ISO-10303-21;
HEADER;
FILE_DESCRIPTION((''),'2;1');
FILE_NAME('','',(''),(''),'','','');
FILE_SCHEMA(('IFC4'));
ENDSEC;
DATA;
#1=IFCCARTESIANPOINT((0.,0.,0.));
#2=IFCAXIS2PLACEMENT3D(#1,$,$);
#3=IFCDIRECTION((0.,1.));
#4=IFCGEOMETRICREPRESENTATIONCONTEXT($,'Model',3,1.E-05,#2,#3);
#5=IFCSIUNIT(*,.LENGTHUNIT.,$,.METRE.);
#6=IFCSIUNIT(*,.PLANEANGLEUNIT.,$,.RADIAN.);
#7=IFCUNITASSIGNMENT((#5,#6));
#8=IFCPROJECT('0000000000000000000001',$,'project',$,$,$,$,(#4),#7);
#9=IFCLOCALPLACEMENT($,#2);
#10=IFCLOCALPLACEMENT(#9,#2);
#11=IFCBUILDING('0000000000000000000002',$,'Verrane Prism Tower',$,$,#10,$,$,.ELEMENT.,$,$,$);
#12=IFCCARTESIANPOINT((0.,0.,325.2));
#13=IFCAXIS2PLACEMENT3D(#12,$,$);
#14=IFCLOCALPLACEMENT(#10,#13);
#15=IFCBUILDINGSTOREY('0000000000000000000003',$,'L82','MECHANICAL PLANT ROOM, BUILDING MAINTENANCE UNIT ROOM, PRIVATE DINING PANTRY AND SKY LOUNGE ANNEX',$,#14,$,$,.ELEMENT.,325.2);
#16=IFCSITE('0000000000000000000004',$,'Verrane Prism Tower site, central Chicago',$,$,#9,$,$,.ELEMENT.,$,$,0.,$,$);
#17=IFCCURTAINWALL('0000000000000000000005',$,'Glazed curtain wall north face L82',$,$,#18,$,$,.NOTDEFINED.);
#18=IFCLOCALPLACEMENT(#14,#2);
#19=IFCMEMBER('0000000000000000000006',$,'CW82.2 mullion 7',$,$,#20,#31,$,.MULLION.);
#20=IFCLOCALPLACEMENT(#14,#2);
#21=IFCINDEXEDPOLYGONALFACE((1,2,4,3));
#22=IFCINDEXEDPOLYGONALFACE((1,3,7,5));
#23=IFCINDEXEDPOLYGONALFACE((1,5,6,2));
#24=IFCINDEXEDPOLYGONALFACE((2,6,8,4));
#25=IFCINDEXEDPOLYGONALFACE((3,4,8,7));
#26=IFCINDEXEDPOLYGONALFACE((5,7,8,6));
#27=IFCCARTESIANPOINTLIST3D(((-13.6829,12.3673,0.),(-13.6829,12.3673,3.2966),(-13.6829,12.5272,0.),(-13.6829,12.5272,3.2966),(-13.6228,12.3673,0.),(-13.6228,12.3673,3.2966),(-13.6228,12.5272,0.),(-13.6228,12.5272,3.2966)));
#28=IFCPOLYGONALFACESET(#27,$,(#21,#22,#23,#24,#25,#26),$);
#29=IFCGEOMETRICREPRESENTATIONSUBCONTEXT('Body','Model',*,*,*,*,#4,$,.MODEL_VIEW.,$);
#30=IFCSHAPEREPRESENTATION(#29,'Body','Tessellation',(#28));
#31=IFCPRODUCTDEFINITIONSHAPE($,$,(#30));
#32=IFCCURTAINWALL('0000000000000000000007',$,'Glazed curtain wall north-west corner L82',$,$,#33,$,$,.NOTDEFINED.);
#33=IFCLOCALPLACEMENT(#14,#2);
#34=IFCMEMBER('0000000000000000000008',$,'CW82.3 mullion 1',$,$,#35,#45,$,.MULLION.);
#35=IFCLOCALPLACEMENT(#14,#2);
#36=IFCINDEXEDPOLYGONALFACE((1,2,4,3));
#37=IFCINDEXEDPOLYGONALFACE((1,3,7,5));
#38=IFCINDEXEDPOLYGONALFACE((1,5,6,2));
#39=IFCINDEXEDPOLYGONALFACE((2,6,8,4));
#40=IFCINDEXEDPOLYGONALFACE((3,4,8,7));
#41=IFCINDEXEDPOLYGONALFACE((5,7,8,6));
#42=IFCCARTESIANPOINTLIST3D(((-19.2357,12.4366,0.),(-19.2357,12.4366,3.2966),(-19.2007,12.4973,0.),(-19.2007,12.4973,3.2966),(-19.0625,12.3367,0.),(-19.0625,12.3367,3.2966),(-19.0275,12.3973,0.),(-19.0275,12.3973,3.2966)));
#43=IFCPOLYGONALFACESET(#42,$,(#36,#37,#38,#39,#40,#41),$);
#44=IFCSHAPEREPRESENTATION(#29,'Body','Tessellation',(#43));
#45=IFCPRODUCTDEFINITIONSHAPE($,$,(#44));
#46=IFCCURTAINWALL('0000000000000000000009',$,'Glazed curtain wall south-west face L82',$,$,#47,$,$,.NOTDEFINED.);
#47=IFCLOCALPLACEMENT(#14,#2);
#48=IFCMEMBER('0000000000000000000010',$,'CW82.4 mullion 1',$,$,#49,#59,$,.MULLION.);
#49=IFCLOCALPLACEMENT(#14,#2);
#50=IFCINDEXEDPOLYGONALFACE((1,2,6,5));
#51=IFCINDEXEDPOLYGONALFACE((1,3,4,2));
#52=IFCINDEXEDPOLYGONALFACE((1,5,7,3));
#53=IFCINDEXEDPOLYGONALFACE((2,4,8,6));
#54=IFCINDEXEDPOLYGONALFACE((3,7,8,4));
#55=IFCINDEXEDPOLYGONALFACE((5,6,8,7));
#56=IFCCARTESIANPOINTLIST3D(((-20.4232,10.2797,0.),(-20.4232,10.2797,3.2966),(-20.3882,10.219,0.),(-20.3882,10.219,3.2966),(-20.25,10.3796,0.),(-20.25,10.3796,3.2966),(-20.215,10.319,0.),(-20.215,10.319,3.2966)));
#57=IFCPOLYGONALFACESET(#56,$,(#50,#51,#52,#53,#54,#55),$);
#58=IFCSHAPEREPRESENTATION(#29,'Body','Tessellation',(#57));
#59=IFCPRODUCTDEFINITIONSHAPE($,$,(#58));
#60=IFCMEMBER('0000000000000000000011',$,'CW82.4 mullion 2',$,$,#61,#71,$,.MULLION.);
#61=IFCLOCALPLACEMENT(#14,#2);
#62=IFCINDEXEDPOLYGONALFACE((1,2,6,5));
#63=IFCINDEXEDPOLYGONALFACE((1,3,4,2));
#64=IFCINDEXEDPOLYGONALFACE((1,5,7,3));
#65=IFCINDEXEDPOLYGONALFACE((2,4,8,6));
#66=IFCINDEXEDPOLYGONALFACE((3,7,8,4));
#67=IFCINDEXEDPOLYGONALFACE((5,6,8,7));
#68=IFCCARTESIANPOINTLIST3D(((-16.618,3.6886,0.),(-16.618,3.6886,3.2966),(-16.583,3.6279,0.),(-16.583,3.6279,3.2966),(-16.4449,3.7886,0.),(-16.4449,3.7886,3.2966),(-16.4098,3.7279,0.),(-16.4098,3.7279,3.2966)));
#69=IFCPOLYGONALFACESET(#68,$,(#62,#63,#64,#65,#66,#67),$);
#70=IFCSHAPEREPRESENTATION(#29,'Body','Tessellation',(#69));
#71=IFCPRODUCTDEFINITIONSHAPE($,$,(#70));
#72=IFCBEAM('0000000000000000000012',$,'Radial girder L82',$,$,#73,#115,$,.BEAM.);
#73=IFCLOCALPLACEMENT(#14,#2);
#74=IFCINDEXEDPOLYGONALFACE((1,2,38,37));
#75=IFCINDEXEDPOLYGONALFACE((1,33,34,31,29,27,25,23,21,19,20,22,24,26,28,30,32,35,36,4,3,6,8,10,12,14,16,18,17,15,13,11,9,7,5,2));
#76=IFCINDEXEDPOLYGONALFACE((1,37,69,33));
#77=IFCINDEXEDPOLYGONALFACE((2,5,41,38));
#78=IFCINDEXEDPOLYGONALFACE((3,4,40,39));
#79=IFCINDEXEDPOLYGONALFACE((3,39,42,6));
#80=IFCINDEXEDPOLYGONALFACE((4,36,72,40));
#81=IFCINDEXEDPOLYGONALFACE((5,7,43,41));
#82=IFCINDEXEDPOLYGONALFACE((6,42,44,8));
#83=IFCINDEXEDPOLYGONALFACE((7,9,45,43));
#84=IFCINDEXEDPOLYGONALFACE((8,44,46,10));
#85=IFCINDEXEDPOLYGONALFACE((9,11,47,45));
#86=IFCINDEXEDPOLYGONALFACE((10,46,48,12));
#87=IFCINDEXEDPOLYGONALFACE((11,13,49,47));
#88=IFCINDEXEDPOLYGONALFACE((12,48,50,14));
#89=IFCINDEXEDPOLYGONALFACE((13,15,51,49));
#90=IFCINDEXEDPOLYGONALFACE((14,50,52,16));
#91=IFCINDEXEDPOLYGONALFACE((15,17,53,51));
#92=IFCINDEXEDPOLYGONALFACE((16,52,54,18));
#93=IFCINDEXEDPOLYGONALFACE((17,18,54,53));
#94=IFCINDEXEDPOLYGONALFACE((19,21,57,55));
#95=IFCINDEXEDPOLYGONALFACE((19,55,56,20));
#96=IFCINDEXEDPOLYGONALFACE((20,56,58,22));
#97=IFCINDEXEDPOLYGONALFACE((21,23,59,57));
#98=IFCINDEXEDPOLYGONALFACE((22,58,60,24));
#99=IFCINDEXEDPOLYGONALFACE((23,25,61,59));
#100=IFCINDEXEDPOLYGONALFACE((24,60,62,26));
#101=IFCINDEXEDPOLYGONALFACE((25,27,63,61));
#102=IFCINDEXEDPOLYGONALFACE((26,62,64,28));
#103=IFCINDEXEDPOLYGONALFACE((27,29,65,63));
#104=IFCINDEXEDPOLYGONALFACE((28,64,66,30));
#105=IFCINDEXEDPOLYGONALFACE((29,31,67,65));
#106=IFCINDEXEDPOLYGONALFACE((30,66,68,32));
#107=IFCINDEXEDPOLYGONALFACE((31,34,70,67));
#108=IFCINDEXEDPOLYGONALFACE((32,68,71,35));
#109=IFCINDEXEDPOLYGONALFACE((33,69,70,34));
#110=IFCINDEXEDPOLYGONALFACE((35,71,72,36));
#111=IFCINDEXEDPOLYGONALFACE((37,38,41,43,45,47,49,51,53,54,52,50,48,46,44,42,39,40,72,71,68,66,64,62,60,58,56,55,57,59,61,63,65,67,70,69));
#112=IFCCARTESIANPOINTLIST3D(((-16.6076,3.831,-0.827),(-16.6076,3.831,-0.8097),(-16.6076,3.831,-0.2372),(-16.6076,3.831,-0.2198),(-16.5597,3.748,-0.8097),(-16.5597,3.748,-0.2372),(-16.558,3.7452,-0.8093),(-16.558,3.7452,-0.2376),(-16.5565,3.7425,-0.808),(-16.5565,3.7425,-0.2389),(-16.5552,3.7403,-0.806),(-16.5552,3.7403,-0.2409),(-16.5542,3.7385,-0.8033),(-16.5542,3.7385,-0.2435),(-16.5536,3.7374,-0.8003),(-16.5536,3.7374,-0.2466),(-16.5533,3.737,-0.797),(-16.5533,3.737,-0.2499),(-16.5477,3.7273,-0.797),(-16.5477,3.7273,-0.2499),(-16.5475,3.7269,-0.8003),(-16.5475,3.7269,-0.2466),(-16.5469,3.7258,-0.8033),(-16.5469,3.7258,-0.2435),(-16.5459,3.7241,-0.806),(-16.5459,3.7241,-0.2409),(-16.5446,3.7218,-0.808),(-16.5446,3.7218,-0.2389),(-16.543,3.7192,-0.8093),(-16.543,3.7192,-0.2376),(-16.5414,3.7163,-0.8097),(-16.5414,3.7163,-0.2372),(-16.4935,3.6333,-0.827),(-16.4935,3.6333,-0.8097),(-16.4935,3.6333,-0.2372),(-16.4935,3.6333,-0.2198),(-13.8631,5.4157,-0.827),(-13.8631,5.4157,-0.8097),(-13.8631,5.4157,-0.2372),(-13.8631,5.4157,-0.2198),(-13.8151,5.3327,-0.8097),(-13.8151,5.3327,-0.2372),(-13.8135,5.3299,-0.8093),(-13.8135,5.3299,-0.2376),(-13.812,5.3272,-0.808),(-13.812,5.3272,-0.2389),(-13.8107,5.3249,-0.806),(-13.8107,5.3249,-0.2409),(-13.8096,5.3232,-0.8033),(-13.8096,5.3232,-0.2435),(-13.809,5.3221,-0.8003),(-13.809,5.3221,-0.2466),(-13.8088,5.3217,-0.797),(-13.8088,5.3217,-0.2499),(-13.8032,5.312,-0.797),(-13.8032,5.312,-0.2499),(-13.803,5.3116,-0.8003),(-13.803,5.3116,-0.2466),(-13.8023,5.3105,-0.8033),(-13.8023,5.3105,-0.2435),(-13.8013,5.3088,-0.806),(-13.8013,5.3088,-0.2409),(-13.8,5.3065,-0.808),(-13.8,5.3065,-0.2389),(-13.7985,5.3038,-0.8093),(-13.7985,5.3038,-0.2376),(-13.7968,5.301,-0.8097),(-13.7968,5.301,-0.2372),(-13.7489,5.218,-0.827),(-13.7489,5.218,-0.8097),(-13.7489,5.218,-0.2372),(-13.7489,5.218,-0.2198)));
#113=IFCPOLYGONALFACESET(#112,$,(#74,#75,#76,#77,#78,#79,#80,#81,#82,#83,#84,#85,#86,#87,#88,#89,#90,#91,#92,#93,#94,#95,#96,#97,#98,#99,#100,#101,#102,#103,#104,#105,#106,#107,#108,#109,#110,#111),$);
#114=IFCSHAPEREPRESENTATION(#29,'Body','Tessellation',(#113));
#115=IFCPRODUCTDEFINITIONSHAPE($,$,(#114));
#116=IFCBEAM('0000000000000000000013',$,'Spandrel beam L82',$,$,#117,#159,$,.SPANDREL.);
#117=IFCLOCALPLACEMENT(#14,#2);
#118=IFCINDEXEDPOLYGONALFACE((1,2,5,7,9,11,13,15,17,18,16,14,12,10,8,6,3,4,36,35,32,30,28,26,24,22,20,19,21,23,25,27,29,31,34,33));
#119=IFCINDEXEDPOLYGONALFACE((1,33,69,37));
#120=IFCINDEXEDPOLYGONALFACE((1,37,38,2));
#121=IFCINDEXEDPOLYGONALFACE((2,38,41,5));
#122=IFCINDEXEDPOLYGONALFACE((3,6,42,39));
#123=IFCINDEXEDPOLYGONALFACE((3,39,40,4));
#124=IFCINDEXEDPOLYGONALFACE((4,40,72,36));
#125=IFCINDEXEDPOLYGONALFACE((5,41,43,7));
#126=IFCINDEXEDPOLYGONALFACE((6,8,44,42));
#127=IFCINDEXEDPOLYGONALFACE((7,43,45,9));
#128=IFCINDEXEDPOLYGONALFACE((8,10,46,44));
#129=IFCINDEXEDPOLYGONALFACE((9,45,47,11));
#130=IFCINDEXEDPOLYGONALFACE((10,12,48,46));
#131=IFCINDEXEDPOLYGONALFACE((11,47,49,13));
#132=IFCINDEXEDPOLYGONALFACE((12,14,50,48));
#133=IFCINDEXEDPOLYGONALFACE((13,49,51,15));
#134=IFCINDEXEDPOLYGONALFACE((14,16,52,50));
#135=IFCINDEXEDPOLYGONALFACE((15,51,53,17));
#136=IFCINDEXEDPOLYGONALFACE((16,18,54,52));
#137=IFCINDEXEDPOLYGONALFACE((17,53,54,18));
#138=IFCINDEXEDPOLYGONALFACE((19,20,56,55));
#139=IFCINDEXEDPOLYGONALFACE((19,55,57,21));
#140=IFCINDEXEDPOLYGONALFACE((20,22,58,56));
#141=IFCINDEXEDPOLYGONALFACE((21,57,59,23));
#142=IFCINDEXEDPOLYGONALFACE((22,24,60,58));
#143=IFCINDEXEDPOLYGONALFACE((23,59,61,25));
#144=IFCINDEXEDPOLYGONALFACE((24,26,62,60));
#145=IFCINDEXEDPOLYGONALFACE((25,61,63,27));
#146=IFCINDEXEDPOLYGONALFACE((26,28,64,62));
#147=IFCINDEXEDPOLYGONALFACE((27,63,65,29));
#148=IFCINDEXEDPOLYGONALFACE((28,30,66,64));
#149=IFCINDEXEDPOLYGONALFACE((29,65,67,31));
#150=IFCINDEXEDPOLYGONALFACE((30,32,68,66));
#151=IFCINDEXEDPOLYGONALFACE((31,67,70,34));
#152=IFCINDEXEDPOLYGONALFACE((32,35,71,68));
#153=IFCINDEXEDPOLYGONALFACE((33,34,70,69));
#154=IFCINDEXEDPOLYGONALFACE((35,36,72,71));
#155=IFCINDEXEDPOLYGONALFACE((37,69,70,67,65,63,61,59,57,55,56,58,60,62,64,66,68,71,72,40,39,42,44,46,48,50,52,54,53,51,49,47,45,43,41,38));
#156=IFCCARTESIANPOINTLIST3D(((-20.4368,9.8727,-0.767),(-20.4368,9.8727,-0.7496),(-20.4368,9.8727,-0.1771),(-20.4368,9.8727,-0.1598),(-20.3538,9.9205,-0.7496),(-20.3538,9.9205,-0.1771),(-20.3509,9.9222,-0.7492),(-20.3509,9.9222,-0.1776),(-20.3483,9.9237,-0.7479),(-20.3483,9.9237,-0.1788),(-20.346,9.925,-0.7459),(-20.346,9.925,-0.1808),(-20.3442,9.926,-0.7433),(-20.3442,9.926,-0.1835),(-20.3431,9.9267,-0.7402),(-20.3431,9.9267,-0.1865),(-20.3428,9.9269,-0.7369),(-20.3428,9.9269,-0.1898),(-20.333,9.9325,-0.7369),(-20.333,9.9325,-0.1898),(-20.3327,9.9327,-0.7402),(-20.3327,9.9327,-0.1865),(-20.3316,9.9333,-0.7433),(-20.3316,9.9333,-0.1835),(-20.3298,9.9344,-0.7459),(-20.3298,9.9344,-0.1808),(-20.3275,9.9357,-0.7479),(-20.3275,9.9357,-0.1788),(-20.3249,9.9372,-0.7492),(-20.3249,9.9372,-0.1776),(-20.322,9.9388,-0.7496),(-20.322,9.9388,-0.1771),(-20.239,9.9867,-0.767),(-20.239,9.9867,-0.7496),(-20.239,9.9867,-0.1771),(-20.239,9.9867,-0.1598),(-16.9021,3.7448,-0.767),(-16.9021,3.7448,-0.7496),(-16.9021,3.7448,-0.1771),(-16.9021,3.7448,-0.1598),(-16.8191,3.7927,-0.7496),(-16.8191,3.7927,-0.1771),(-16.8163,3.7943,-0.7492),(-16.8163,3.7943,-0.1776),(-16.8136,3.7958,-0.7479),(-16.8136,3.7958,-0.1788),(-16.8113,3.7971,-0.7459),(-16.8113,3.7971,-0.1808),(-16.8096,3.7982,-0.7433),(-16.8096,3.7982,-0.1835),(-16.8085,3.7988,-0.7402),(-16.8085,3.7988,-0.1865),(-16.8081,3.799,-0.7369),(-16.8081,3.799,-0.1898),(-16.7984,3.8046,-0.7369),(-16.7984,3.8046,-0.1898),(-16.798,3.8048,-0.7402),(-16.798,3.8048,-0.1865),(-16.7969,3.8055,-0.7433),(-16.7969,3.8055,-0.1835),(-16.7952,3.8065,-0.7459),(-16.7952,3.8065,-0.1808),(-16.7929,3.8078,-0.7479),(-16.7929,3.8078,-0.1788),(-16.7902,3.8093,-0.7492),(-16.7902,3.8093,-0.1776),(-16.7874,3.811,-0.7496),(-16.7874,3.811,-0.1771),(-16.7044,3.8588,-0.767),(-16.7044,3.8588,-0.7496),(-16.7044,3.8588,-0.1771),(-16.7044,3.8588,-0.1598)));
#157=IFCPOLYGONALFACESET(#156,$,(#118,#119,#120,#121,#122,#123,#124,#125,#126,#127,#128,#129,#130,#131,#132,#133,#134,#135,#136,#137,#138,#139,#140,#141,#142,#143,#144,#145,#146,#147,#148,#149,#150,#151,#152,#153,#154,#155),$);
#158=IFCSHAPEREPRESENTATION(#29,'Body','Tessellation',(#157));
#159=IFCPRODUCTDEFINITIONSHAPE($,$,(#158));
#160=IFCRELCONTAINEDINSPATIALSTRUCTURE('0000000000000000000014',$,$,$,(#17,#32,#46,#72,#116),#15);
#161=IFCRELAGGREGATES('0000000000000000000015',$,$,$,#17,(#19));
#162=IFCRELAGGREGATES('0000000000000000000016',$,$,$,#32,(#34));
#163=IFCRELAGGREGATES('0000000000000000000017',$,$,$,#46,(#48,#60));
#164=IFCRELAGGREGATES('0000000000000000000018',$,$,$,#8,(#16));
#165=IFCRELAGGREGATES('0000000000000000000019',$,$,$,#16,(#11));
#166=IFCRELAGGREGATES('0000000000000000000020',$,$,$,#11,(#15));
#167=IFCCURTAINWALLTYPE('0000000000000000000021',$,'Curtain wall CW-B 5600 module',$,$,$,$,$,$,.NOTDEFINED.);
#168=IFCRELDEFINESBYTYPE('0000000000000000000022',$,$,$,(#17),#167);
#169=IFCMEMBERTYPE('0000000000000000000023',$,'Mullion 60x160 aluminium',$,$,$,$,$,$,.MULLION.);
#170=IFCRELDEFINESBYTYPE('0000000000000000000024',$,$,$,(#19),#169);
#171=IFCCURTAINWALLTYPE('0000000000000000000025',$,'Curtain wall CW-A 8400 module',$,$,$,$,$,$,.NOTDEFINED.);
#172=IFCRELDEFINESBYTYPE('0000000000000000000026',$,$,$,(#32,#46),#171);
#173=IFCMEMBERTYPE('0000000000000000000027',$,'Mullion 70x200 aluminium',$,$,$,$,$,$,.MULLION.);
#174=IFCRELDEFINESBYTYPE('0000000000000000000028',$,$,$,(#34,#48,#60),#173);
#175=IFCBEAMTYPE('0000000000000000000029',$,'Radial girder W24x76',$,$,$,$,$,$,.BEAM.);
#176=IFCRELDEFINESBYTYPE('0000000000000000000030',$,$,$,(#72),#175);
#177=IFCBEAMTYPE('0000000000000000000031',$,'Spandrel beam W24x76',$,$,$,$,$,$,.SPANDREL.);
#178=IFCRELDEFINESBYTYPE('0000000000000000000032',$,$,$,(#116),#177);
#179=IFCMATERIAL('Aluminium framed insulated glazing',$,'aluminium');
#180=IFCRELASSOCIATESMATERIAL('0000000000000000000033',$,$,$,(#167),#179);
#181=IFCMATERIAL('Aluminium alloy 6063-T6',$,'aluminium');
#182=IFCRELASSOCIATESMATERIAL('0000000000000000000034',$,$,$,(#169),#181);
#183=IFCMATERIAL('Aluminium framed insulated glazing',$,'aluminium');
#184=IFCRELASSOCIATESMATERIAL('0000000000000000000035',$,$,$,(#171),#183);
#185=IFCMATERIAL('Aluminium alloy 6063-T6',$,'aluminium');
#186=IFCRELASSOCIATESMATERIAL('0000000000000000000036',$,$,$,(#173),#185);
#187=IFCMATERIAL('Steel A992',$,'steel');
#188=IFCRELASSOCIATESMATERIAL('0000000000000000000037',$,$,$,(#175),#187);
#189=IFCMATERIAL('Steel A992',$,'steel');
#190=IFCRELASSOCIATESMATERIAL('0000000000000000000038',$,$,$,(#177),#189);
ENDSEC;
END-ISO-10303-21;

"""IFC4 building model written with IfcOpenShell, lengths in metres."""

from ifc_helpers import new_model, si_unit, direction, frame, origin, origin_2d, place, context, subcontext, project, spatial, rectangle, i_section, extrude, material, material_profile, profile_set, type_object, element, aggregate, save


model = new_model("IFC4")

# Units and contexts
model_context = context("Model", 3, precision=1e-05, world=origin(), true_north=direction((0.0, 1.0)))
body_context = subcontext(model_context, "Body", "Model", "MODEL_VIEW")
ifc_project = project(units=[si_unit("LENGTHUNIT", "METRE"), si_unit("PLANEANGLEUNIT", "RADIAN")], contexts=[model_context])

# Site, building, storey
site_placement = place(None, origin())
site = spatial("IfcSite", under=ifc_project, at=site_placement, Name="Verrane Prism Tower site, central Chicago", CompositionType="ELEMENT", RefElevation=0.0)
building_placement = place(site_placement, origin())
building = spatial("IfcBuilding", under=site, at=building_placement, Name="Verrane Prism Tower", CompositionType="ELEMENT")
storey_placement = place(building_placement, frame((0.0, 0.0, 325.2)))
storey = spatial("IfcBuildingStorey", under=building, at=storey_placement, Name="L82", Description="MECHANICAL PLANT ROOM, BUILDING MAINTENANCE UNIT ROOM, PRIVATE DINING PANTRY AND SKY LOUNGE ANNEX", CompositionType="ELEMENT", Elevation=325.2)

# Curtain walls, members
ifc_material_1 = material(Name="Aluminium framed insulated glazing", Category="aluminium")
curtain_wall_type_1 = type_object("IfcCurtainWallType", Name="Curtain wall CW-B 5600 module", PredefinedType="NOTDEFINED", material=ifc_material_1)
curtain_wall_1_placement = place(storey_placement, origin())
curtain_wall_1 = element("IfcCurtainWall", 1, at=curtain_wall_1_placement, inside=storey, type_object=curtain_wall_type_1, Name="Glazed curtain wall north face L82", PredefinedType="NOTDEFINED")
ifc_material_2 = material(Name="Aluminium alloy 6063-T6", Category="aluminium")
ifc_material_profile_1 = material_profile(ifc_material_2, rectangle(XDim=0.1599, YDim=0.0601, at=origin_2d()), Name="Mullion 60x160 aluminium")
ifc_profile_set_1 = profile_set([ifc_material_profile_1], Name="Aluminium alloy 6063-T6")
member_type_1 = type_object("IfcMemberType", Name="Mullion 60x160 aluminium", PredefinedType="MULLION", material=ifc_profile_set_1)
member_1_placement = place(storey_placement, frame((-13.6528, 12.4473, 0.0), z_axis=(0.0, 0.0, 1.0), x_axis=(0.0, -1.0, 0.0)))
member_1 = element("IfcMember", 2, at=member_1_placement, type_object=member_type_1, Name="CW82.2 mullion 7", PredefinedType="MULLION", context=body_context, shape_type="SweptSolid", body=[
    extrude(rectangle(XDim=0.1599, YDim=0.0601, at=origin_2d()), origin(), (0.0, 0.0, 1.0), 3.2966),
])
ifc_material_3 = material(Name="Aluminium framed insulated glazing", Category="aluminium")
curtain_wall_type_2 = type_object("IfcCurtainWallType", Name="Curtain wall CW-A 8400 module", PredefinedType="NOTDEFINED", material=ifc_material_3)
curtain_wall_2_placement = place(storey_placement, origin())
curtain_wall_2 = element("IfcCurtainWall", 3, at=curtain_wall_2_placement, inside=storey, type_object=curtain_wall_type_2, Name="Glazed curtain wall north-west corner L82", PredefinedType="NOTDEFINED")
ifc_material_4 = material(Name="Aluminium alloy 6063-T6", Category="aluminium")
ifc_material_profile_2 = material_profile(ifc_material_4, rectangle(XDim=0.2, YDim=0.0701, at=origin_2d()), Name="Mullion 70x200 aluminium")
ifc_profile_set_2 = profile_set([ifc_material_profile_2], Name="Aluminium alloy 6063-T6")
member_type_2 = type_object("IfcMemberType", Name="Mullion 70x200 aluminium", PredefinedType="MULLION", material=ifc_profile_set_2)
member_2_placement = place(storey_placement, frame((-19.1316, 12.417, 0.0), z_axis=(0.0, 0.0, 1.0), x_axis=(0.866025, -0.500001, 0.0)))
member_2 = element("IfcMember", 4, at=member_2_placement, type_object=member_type_2, Name="CW82.3 mullion 1", PredefinedType="MULLION", context=body_context, shape_type="SweptSolid", body=[
    extrude(rectangle(XDim=0.2, YDim=0.0701, at=origin_2d()), origin(), (0.0, 0.0, 1.0), 3.2966),
])

# Curtain wall, members
curtain_wall_3_placement = place(storey_placement, origin())
curtain_wall_3 = element("IfcCurtainWall", 5, at=curtain_wall_3_placement, inside=storey, type_object=curtain_wall_type_2, Name="Glazed curtain wall south-west face L82", PredefinedType="NOTDEFINED")
member_3_placement = place(storey_placement, frame((-20.3191, 10.2993, 0.0), z_axis=(0.0, 0.0, 1.0), x_axis=(0.866025, 0.5, 0.0)))
member_3 = element("IfcMember", 6, at=member_3_placement, type_object=member_type_2, Name="CW82.4 mullion 1", PredefinedType="MULLION", context=body_context, shape_type="SweptSolid", body=[
    extrude(rectangle(XDim=0.2, YDim=0.0701, at=origin_2d()), origin(), (0.0, 0.0, 1.0), 3.2966),
])
member_4_placement = place(storey_placement, frame((-16.5139, 3.7083, 0.0), z_axis=(0.0, 0.0, 1.0), x_axis=(0.866025, 0.5, 0.0)))
member_4 = element("IfcMember", 7, at=member_4_placement, type_object=member_type_2, Name="CW82.4 mullion 2", PredefinedType="MULLION", context=body_context, shape_type="SweptSolid", body=[
    extrude(rectangle(XDim=0.2, YDim=0.0701, at=origin_2d()), origin(), (0.0, 0.0, 1.0), 3.2966),
])

# Beams
ifc_material_5 = material(Name="Steel A992", Category="steel")
ifc_material_profile_3 = material_profile(ifc_material_5, i_section(OverallWidth=0.2283, OverallDepth=0.6072, WebThickness=0.0112, FlangeThickness=0.0173, FilletRadius=0.0127, at=origin_2d()), Name="W24x76")
ifc_profile_set_3 = profile_set([ifc_material_profile_3], Name="Steel A992")
beam_type_1 = type_object("IfcBeamType", Name="Radial girder W24x76", PredefinedType="BEAM", material=ifc_profile_set_3)
beam_1_placement = place(storey_placement, frame((-16.5505, 3.7322, -0.5234), z_axis=(0.866011, 0.500025, 0.0), x_axis=(-0.500025, 0.866011, 0.0)))
element("IfcBeam", 8, at=beam_1_placement, inside=storey, type_object=beam_type_1, Name="Radial girder L82", PredefinedType="BEAM", context=body_context, shape_type="SweptSolid", body=[
    extrude(i_section(OverallWidth=0.2283, OverallDepth=0.6072, WebThickness=0.0112, FlangeThickness=0.0173, FilletRadius=0.0127, at=origin_2d()), origin(), (0.0, 0.0, 1.0), 3.1692),
])
ifc_material_6 = material(Name="Steel A992", Category="steel")
ifc_material_profile_4 = material_profile(ifc_material_6, i_section(OverallWidth=0.2283, OverallDepth=0.6072, WebThickness=0.0112, FlangeThickness=0.0173, FilletRadius=0.0127, at=origin_2d()), Name="W24x76")
ifc_profile_set_4 = profile_set([ifc_material_profile_4], Name="Steel A992")
beam_type_2 = type_object("IfcBeamType", Name="Spandrel beam W24x76", PredefinedType="SPANDREL", material=ifc_profile_set_4)
beam_2_placement = place(storey_placement, frame((-20.3379, 9.9297, -0.4634), z_axis=(0.499651, -0.866227, 0.0), x_axis=(0.866227, 0.499651, 0.0)))
element("IfcBeam", 9, at=beam_2_placement, inside=storey, type_object=beam_type_2, Name="Spandrel beam L82", PredefinedType="SPANDREL", context=body_context, shape_type="SweptSolid", body=[
    extrude(i_section(OverallWidth=0.2283, OverallDepth=0.6072, WebThickness=0.0112, FlangeThickness=0.0173, FilletRadius=0.0127, at=origin_2d()), origin(), (0.0, 0.0, 1.0), 7.0742),
])

aggregate(curtain_wall_1, [member_1])
aggregate(curtain_wall_2, [member_2])
aggregate(curtain_wall_3, [member_3, member_4])

save(model, "model.ifc")
